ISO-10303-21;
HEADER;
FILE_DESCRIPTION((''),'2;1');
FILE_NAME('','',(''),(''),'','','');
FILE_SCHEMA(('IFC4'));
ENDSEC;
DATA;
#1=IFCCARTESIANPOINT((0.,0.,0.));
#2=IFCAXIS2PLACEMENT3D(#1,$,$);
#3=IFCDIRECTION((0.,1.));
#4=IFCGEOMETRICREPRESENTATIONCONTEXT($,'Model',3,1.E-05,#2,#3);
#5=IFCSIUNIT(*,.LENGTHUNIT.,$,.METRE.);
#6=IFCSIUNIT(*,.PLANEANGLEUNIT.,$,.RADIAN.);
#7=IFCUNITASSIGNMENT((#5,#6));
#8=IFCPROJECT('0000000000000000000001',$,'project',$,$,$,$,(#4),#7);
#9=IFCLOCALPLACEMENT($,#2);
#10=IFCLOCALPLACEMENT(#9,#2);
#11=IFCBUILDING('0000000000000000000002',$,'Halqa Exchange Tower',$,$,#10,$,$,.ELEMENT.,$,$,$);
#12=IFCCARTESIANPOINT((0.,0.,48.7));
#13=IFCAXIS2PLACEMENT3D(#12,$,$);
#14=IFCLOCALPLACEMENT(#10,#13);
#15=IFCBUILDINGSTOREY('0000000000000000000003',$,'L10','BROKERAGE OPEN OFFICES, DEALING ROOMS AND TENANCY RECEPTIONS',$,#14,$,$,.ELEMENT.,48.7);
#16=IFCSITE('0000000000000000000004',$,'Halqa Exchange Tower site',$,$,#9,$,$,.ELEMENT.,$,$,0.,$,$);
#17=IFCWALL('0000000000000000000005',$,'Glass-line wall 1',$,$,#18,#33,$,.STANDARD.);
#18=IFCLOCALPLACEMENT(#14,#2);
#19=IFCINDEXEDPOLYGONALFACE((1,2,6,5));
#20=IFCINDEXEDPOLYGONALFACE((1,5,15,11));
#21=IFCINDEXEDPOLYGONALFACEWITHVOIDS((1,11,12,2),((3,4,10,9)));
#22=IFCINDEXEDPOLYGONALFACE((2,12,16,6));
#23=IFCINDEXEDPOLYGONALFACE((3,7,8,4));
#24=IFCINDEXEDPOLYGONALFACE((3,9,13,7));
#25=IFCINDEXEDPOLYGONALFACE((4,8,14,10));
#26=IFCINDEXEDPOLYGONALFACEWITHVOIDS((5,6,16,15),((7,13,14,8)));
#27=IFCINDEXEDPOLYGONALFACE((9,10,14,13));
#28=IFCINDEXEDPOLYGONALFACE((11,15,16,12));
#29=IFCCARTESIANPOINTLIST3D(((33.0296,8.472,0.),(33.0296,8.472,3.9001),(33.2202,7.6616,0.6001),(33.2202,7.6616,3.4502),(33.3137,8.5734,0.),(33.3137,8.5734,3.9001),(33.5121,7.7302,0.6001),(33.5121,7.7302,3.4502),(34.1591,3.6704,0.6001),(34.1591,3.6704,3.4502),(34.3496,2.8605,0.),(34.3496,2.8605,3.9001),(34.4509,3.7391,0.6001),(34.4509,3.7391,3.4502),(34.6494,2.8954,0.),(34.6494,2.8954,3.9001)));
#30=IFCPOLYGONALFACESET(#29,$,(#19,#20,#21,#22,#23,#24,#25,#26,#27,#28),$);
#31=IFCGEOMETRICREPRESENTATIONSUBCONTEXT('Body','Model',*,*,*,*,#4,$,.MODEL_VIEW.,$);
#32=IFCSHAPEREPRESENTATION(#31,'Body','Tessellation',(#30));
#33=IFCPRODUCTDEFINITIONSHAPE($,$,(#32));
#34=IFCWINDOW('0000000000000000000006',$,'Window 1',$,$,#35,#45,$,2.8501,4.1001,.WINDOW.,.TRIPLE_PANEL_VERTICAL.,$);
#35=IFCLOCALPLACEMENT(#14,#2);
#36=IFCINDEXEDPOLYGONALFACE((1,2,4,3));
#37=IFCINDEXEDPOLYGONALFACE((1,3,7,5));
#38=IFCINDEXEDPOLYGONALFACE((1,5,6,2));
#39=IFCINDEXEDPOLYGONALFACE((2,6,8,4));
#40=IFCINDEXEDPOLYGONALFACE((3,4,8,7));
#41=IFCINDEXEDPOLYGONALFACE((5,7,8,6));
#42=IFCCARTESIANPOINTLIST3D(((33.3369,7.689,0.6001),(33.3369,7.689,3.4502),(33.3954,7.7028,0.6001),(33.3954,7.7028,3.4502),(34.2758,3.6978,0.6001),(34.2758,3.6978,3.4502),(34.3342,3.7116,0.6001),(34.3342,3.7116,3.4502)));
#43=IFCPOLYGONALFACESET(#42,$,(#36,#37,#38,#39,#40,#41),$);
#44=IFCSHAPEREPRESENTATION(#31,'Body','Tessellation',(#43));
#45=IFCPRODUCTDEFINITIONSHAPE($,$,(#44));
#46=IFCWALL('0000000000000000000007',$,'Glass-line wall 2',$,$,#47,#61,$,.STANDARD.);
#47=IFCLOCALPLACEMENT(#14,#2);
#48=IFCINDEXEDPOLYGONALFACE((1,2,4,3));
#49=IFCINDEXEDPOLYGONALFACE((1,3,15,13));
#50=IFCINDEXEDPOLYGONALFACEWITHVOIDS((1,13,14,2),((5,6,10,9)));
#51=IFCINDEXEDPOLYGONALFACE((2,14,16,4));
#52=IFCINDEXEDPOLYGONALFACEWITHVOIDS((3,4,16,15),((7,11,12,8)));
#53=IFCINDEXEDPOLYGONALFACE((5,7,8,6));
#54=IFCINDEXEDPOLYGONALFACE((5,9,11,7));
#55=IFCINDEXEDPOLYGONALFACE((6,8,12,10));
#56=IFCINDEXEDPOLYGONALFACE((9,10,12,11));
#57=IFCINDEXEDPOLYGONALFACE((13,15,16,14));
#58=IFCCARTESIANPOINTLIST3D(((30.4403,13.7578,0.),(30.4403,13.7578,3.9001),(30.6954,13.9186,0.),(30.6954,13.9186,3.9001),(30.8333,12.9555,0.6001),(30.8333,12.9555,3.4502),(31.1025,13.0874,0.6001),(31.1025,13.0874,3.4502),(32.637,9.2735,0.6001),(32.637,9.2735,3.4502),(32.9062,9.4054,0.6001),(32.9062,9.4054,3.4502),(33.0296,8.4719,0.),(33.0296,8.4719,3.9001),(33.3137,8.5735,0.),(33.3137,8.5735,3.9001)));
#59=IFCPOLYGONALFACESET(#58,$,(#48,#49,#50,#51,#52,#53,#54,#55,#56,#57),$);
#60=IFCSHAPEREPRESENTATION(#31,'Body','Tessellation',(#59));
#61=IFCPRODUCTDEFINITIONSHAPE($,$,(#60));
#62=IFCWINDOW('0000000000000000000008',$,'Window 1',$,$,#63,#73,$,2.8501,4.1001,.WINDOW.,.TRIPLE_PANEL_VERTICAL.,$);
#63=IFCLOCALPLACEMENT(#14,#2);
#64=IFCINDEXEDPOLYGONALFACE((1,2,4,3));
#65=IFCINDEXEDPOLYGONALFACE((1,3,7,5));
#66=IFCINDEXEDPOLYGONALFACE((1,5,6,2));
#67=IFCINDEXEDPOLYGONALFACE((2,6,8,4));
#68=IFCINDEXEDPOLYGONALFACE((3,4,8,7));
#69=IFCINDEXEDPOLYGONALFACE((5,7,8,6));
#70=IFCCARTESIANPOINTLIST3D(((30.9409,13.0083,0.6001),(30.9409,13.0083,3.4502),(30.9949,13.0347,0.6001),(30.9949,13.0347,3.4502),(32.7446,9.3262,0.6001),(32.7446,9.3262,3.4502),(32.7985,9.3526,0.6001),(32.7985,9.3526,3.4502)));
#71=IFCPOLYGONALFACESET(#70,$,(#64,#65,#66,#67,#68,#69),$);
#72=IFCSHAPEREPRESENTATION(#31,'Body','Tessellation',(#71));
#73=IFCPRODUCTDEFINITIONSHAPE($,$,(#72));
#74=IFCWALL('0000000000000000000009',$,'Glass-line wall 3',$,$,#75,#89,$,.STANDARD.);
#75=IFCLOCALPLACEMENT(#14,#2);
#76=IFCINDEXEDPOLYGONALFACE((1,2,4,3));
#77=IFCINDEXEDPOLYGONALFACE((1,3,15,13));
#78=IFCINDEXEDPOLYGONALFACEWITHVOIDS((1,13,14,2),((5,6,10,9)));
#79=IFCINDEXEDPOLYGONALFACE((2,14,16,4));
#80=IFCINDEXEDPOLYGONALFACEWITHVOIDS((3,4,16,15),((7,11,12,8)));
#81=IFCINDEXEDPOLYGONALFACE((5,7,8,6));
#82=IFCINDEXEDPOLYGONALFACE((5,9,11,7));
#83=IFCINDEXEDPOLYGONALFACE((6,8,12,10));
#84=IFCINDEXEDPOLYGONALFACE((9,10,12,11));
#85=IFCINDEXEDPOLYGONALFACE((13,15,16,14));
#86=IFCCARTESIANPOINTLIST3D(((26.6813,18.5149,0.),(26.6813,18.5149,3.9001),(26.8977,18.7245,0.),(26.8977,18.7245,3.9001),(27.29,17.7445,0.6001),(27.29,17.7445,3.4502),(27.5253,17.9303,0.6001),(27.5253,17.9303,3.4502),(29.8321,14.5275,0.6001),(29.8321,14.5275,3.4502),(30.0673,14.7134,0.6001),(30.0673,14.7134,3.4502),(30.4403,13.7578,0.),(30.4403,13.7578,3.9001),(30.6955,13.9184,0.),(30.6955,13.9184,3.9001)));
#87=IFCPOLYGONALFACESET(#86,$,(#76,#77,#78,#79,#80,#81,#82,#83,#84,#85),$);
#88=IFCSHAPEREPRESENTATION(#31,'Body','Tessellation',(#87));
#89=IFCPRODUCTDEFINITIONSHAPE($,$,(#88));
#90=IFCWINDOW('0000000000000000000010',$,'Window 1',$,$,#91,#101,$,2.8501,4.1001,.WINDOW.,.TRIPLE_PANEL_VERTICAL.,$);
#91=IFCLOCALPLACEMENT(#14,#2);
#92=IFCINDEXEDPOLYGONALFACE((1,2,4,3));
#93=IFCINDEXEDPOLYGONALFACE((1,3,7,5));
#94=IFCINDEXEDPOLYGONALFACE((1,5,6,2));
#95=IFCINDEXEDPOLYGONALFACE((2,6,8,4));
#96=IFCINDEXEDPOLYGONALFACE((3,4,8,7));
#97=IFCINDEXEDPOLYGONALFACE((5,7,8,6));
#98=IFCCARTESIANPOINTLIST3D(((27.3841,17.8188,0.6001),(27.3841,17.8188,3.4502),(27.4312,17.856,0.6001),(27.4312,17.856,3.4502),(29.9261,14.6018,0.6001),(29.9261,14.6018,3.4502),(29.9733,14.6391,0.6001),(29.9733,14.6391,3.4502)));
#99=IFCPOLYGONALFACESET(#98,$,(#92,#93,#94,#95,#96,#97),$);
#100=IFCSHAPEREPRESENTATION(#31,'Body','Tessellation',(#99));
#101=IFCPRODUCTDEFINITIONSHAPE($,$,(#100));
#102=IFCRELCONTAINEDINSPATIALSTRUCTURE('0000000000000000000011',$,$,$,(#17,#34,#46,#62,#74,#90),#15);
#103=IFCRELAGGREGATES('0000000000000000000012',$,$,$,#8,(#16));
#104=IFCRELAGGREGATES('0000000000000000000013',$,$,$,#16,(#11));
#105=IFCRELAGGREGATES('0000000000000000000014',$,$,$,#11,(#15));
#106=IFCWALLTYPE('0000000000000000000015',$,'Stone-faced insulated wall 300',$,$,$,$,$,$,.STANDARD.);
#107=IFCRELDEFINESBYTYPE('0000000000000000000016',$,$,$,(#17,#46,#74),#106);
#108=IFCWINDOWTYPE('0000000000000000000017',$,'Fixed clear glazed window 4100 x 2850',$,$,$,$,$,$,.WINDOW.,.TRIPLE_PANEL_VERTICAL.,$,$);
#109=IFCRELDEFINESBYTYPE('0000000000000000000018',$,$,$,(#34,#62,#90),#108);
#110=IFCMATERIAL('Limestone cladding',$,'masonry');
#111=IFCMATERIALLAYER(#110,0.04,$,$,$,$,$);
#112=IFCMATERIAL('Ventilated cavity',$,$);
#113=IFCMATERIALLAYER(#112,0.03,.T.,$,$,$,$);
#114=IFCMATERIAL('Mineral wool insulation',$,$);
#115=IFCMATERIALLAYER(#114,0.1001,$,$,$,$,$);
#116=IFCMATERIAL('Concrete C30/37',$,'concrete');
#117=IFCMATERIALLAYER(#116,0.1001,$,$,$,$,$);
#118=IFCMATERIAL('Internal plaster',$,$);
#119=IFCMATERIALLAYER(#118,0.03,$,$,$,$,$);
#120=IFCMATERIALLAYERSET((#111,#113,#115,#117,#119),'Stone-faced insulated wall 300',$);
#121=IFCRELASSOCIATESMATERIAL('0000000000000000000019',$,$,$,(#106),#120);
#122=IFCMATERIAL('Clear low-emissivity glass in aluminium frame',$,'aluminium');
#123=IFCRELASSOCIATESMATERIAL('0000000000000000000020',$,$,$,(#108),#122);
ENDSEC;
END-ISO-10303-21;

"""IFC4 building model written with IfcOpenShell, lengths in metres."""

from ifc_helpers import new_model, si_unit, direction, frame, frame_2d, origin, place, context, subcontext, project, spatial, polyline, rectangle, outline, extrude, material, layer, layer_set, type_object, element, fill, save


model = new_model("IFC4")

# Units and contexts
model_context = context("Model", 3, precision=1e-05, world=origin(), true_north=direction((0.0, 1.0)))
body_context = subcontext(model_context, "Body", "Model", "MODEL_VIEW")
ifc_project = project(units=[si_unit("LENGTHUNIT", "METRE"), si_unit("PLANEANGLEUNIT", "RADIAN")], contexts=[model_context])

# Site, building, storey
site_placement = place(None, origin())
site = spatial("IfcSite", under=ifc_project, at=site_placement, Name="Halqa Exchange Tower site", CompositionType="ELEMENT", RefElevation=0.0)
building_placement = place(site_placement, origin())
building = spatial("IfcBuilding", under=site, at=building_placement, Name="Halqa Exchange Tower", CompositionType="ELEMENT")
storey_placement = place(building_placement, frame((0.0, 0.0, 48.7)))
storey = spatial("IfcBuildingStorey", under=building, at=storey_placement, Name="L10", Description="BROKERAGE OPEN OFFICES, DEALING ROOMS AND TENANCY RECEPTIONS", CompositionType="ELEMENT", Elevation=48.7)

# Walls, openings, windows
ifc_material_1 = material(Name="Limestone cladding", Category="masonry")
ifc_layer_1 = layer(ifc_material_1, 0.04)
ifc_material_2 = material(Name="Ventilated cavity")
ifc_layer_2 = layer(ifc_material_2, 0.03, ventilated=True)
ifc_material_3 = material(Name="Mineral wool insulation")
ifc_layer_3 = layer(ifc_material_3, 0.1001)
ifc_material_4 = material(Name="Concrete C30/37", Category="concrete")
ifc_layer_4 = layer(ifc_material_4, 0.1001)
ifc_material_5 = material(Name="Internal plaster")
ifc_layer_5 = layer(ifc_material_5, 0.03)
ifc_layer_set_1 = layer_set([ifc_layer_1, ifc_layer_2, ifc_layer_3, ifc_layer_4, ifc_layer_5], Name="Stone-faced insulated wall 300")
wall_type_1 = type_object("IfcWallType", Name="Stone-faced insulated wall 300", PredefinedType="STANDARD", material=ifc_layer_set_1)
wall_1_placement = place(storey_placement, frame((34.4995, 2.8779, 0.0), z_axis=(0.0, 0.0, 1.0), x_axis=(-0.22899, 0.973429, 0.0)))
wall_1 = element("IfcWall", 1, at=wall_1_placement, inside=storey, type_object=wall_type_1, Name="Glass-line wall 1", PredefinedType="STANDARD", context=body_context, shape_type="SweptSolid", body=[
    extrude(outline(polyline([(-0.0173, -0.1499), (5.8157, -0.1499), (5.782, 0.1499), (0.0173, 0.1499), (-0.0173, -0.1499)])), origin(), (0.0, 0.0, 1.0), 3.9001),
])
opening_1_placement = place(wall_1_placement, frame((0.8494, 0.0, 0.6001)))
opening_1 = element("IfcOpeningElement", 2, at=opening_1_placement, cuts=wall_1, PredefinedType="OPENING", context=body_context, shape_type="SweptSolid", body=[
    extrude(rectangle(XDim=4.1001, YDim=2.8501, at=frame_2d((2.05, 1.425))), frame((0.0, 0.1621, 0.0), z_axis=(0.0, -1.0, 0.0), x_axis=(1.0, 0.0, 0.0)), (0.0, 0.0, 1.0), 0.324),
])
ifc_material_6 = material(Name="Clear low-emissivity glass in aluminium frame", Category="aluminium")
window_type = type_object("IfcWindowType", Name="Fixed clear glazed window 4100 x 2850", PartitioningType="TRIPLE_PANEL_VERTICAL", PredefinedType="WINDOW", material=ifc_material_6)
window_1_placement = place(opening_1_placement, origin())
window_1 = element("IfcWindow", 3, at=window_1_placement, inside=storey, type_object=window_type, Name="Window 1", OverallHeight=2.8501, OverallWidth=4.1001, PartitioningType="TRIPLE_PANEL_VERTICAL", PredefinedType="WINDOW", context=body_context, shape_type="SweptSolid", body=[
    extrude(rectangle(XDim=4.1001, YDim=2.8501, at=frame_2d((2.05, 1.425))), frame((0.0, 0.03, 0.0), z_axis=(0.0, -1.0, 0.0), x_axis=(1.0, 0.0, 0.0)), (0.0, 0.0, 1.0), 0.0601),
])
fill(opening_1, window_1)
wall_2_placement = place(storey_placement, frame((33.1716, 8.5227, 0.0), z_axis=(0.0, 0.0, 1.0), x_axis=(-0.439906, 0.898044, 0.0)))
wall_2 = element("IfcWall", 4, at=wall_2_placement, inside=storey, type_object=wall_type_1, Name="Glass-line wall 2", PredefinedType="STANDARD", context=body_context, shape_type="SweptSolid", body=[
    extrude(outline(polyline([(-0.0168, -0.1499), (5.9351, -0.1499), (5.9028, 0.1499), (0.0168, 0.1499), (-0.0168, -0.1499)])), origin(), (0.0, 0.0, 1.0), 3.9001),
])
opening_2_placement = place(wall_2_placement, frame((0.9094, 0.0, 0.6001)))
opening_2 = element("IfcOpeningElement", 5, at=opening_2_placement, cuts=wall_2, PredefinedType="OPENING", context=body_context, shape_type="SweptSolid", body=[
    extrude(rectangle(XDim=4.1001, YDim=2.8501, at=frame_2d((2.05, 1.425))), frame((0.0, 0.1621, 0.0), z_axis=(0.0, -1.0, 0.0), x_axis=(1.0, 0.0, 0.0)), (0.0, 0.0, 1.0), 0.324),
])
window_2_placement = place(opening_2_placement, origin())
window_2 = element("IfcWindow", 6, at=window_2_placement, inside=storey, type_object=window_type, Name="Window 1", OverallHeight=2.8501, OverallWidth=4.1001, PartitioningType="TRIPLE_PANEL_VERTICAL", PredefinedType="WINDOW", context=body_context, shape_type="SweptSolid", body=[
    extrude(rectangle(XDim=4.1001, YDim=2.8501, at=frame_2d((2.05, 1.425))), frame((0.0, 0.03, 0.0), z_axis=(0.0, -1.0, 0.0), x_axis=(1.0, 0.0, 0.0)), (0.0, 0.0, 1.0), 0.0601),
])
fill(opening_2, window_2)
wall_3_placement = place(storey_placement, frame((30.5679, 13.8381, 0.0), z_axis=(0.0, 0.0, 1.0), x_axis=(-0.619994, 0.784607, 0.0)))
wall_3 = element("IfcWall", 7, at=wall_3_placement, inside=storey, type_object=wall_type_1, Name="Glass-line wall 3", PredefinedType="STANDARD", context=body_context, shape_type="SweptSolid", body=[
    extrude(outline(polyline([(-0.0161, -0.1499), (6.1094, -0.1499), (6.0791, 0.1499), (0.0161, 0.1499), (-0.0161, -0.1499)])), origin(), (0.0, 0.0, 1.0), 3.9001),
])
opening_3_placement = place(wall_3_placement, frame((0.9971, 0.0, 0.6001)))
opening_3 = element("IfcOpeningElement", 8, at=opening_3_placement, cuts=wall_3, PredefinedType="OPENING", context=body_context, shape_type="SweptSolid", body=[
    extrude(rectangle(XDim=4.1001, YDim=2.8501, at=frame_2d((2.05, 1.425))), frame((0.0, 0.1621, 0.0), z_axis=(0.0, -1.0, 0.0), x_axis=(1.0, 0.0, 0.0)), (0.0, 0.0, 1.0), 0.324),
])
window_3_placement = place(opening_3_placement, origin())
window_3 = element("IfcWindow", 9, at=window_3_placement, inside=storey, type_object=window_type, Name="Window 1", OverallHeight=2.8501, OverallWidth=4.1001, PartitioningType="TRIPLE_PANEL_VERTICAL", PredefinedType="WINDOW", context=body_context, shape_type="SweptSolid", body=[
    extrude(rectangle(XDim=4.1001, YDim=2.8501, at=frame_2d((2.05, 1.425))), frame((0.0, 0.03, 0.0), z_axis=(0.0, -1.0, 0.0), x_axis=(1.0, 0.0, 0.0)), (0.0, 0.0, 1.0), 0.0601),
])
fill(opening_3, window_3)

save(model, "model.ifc")
